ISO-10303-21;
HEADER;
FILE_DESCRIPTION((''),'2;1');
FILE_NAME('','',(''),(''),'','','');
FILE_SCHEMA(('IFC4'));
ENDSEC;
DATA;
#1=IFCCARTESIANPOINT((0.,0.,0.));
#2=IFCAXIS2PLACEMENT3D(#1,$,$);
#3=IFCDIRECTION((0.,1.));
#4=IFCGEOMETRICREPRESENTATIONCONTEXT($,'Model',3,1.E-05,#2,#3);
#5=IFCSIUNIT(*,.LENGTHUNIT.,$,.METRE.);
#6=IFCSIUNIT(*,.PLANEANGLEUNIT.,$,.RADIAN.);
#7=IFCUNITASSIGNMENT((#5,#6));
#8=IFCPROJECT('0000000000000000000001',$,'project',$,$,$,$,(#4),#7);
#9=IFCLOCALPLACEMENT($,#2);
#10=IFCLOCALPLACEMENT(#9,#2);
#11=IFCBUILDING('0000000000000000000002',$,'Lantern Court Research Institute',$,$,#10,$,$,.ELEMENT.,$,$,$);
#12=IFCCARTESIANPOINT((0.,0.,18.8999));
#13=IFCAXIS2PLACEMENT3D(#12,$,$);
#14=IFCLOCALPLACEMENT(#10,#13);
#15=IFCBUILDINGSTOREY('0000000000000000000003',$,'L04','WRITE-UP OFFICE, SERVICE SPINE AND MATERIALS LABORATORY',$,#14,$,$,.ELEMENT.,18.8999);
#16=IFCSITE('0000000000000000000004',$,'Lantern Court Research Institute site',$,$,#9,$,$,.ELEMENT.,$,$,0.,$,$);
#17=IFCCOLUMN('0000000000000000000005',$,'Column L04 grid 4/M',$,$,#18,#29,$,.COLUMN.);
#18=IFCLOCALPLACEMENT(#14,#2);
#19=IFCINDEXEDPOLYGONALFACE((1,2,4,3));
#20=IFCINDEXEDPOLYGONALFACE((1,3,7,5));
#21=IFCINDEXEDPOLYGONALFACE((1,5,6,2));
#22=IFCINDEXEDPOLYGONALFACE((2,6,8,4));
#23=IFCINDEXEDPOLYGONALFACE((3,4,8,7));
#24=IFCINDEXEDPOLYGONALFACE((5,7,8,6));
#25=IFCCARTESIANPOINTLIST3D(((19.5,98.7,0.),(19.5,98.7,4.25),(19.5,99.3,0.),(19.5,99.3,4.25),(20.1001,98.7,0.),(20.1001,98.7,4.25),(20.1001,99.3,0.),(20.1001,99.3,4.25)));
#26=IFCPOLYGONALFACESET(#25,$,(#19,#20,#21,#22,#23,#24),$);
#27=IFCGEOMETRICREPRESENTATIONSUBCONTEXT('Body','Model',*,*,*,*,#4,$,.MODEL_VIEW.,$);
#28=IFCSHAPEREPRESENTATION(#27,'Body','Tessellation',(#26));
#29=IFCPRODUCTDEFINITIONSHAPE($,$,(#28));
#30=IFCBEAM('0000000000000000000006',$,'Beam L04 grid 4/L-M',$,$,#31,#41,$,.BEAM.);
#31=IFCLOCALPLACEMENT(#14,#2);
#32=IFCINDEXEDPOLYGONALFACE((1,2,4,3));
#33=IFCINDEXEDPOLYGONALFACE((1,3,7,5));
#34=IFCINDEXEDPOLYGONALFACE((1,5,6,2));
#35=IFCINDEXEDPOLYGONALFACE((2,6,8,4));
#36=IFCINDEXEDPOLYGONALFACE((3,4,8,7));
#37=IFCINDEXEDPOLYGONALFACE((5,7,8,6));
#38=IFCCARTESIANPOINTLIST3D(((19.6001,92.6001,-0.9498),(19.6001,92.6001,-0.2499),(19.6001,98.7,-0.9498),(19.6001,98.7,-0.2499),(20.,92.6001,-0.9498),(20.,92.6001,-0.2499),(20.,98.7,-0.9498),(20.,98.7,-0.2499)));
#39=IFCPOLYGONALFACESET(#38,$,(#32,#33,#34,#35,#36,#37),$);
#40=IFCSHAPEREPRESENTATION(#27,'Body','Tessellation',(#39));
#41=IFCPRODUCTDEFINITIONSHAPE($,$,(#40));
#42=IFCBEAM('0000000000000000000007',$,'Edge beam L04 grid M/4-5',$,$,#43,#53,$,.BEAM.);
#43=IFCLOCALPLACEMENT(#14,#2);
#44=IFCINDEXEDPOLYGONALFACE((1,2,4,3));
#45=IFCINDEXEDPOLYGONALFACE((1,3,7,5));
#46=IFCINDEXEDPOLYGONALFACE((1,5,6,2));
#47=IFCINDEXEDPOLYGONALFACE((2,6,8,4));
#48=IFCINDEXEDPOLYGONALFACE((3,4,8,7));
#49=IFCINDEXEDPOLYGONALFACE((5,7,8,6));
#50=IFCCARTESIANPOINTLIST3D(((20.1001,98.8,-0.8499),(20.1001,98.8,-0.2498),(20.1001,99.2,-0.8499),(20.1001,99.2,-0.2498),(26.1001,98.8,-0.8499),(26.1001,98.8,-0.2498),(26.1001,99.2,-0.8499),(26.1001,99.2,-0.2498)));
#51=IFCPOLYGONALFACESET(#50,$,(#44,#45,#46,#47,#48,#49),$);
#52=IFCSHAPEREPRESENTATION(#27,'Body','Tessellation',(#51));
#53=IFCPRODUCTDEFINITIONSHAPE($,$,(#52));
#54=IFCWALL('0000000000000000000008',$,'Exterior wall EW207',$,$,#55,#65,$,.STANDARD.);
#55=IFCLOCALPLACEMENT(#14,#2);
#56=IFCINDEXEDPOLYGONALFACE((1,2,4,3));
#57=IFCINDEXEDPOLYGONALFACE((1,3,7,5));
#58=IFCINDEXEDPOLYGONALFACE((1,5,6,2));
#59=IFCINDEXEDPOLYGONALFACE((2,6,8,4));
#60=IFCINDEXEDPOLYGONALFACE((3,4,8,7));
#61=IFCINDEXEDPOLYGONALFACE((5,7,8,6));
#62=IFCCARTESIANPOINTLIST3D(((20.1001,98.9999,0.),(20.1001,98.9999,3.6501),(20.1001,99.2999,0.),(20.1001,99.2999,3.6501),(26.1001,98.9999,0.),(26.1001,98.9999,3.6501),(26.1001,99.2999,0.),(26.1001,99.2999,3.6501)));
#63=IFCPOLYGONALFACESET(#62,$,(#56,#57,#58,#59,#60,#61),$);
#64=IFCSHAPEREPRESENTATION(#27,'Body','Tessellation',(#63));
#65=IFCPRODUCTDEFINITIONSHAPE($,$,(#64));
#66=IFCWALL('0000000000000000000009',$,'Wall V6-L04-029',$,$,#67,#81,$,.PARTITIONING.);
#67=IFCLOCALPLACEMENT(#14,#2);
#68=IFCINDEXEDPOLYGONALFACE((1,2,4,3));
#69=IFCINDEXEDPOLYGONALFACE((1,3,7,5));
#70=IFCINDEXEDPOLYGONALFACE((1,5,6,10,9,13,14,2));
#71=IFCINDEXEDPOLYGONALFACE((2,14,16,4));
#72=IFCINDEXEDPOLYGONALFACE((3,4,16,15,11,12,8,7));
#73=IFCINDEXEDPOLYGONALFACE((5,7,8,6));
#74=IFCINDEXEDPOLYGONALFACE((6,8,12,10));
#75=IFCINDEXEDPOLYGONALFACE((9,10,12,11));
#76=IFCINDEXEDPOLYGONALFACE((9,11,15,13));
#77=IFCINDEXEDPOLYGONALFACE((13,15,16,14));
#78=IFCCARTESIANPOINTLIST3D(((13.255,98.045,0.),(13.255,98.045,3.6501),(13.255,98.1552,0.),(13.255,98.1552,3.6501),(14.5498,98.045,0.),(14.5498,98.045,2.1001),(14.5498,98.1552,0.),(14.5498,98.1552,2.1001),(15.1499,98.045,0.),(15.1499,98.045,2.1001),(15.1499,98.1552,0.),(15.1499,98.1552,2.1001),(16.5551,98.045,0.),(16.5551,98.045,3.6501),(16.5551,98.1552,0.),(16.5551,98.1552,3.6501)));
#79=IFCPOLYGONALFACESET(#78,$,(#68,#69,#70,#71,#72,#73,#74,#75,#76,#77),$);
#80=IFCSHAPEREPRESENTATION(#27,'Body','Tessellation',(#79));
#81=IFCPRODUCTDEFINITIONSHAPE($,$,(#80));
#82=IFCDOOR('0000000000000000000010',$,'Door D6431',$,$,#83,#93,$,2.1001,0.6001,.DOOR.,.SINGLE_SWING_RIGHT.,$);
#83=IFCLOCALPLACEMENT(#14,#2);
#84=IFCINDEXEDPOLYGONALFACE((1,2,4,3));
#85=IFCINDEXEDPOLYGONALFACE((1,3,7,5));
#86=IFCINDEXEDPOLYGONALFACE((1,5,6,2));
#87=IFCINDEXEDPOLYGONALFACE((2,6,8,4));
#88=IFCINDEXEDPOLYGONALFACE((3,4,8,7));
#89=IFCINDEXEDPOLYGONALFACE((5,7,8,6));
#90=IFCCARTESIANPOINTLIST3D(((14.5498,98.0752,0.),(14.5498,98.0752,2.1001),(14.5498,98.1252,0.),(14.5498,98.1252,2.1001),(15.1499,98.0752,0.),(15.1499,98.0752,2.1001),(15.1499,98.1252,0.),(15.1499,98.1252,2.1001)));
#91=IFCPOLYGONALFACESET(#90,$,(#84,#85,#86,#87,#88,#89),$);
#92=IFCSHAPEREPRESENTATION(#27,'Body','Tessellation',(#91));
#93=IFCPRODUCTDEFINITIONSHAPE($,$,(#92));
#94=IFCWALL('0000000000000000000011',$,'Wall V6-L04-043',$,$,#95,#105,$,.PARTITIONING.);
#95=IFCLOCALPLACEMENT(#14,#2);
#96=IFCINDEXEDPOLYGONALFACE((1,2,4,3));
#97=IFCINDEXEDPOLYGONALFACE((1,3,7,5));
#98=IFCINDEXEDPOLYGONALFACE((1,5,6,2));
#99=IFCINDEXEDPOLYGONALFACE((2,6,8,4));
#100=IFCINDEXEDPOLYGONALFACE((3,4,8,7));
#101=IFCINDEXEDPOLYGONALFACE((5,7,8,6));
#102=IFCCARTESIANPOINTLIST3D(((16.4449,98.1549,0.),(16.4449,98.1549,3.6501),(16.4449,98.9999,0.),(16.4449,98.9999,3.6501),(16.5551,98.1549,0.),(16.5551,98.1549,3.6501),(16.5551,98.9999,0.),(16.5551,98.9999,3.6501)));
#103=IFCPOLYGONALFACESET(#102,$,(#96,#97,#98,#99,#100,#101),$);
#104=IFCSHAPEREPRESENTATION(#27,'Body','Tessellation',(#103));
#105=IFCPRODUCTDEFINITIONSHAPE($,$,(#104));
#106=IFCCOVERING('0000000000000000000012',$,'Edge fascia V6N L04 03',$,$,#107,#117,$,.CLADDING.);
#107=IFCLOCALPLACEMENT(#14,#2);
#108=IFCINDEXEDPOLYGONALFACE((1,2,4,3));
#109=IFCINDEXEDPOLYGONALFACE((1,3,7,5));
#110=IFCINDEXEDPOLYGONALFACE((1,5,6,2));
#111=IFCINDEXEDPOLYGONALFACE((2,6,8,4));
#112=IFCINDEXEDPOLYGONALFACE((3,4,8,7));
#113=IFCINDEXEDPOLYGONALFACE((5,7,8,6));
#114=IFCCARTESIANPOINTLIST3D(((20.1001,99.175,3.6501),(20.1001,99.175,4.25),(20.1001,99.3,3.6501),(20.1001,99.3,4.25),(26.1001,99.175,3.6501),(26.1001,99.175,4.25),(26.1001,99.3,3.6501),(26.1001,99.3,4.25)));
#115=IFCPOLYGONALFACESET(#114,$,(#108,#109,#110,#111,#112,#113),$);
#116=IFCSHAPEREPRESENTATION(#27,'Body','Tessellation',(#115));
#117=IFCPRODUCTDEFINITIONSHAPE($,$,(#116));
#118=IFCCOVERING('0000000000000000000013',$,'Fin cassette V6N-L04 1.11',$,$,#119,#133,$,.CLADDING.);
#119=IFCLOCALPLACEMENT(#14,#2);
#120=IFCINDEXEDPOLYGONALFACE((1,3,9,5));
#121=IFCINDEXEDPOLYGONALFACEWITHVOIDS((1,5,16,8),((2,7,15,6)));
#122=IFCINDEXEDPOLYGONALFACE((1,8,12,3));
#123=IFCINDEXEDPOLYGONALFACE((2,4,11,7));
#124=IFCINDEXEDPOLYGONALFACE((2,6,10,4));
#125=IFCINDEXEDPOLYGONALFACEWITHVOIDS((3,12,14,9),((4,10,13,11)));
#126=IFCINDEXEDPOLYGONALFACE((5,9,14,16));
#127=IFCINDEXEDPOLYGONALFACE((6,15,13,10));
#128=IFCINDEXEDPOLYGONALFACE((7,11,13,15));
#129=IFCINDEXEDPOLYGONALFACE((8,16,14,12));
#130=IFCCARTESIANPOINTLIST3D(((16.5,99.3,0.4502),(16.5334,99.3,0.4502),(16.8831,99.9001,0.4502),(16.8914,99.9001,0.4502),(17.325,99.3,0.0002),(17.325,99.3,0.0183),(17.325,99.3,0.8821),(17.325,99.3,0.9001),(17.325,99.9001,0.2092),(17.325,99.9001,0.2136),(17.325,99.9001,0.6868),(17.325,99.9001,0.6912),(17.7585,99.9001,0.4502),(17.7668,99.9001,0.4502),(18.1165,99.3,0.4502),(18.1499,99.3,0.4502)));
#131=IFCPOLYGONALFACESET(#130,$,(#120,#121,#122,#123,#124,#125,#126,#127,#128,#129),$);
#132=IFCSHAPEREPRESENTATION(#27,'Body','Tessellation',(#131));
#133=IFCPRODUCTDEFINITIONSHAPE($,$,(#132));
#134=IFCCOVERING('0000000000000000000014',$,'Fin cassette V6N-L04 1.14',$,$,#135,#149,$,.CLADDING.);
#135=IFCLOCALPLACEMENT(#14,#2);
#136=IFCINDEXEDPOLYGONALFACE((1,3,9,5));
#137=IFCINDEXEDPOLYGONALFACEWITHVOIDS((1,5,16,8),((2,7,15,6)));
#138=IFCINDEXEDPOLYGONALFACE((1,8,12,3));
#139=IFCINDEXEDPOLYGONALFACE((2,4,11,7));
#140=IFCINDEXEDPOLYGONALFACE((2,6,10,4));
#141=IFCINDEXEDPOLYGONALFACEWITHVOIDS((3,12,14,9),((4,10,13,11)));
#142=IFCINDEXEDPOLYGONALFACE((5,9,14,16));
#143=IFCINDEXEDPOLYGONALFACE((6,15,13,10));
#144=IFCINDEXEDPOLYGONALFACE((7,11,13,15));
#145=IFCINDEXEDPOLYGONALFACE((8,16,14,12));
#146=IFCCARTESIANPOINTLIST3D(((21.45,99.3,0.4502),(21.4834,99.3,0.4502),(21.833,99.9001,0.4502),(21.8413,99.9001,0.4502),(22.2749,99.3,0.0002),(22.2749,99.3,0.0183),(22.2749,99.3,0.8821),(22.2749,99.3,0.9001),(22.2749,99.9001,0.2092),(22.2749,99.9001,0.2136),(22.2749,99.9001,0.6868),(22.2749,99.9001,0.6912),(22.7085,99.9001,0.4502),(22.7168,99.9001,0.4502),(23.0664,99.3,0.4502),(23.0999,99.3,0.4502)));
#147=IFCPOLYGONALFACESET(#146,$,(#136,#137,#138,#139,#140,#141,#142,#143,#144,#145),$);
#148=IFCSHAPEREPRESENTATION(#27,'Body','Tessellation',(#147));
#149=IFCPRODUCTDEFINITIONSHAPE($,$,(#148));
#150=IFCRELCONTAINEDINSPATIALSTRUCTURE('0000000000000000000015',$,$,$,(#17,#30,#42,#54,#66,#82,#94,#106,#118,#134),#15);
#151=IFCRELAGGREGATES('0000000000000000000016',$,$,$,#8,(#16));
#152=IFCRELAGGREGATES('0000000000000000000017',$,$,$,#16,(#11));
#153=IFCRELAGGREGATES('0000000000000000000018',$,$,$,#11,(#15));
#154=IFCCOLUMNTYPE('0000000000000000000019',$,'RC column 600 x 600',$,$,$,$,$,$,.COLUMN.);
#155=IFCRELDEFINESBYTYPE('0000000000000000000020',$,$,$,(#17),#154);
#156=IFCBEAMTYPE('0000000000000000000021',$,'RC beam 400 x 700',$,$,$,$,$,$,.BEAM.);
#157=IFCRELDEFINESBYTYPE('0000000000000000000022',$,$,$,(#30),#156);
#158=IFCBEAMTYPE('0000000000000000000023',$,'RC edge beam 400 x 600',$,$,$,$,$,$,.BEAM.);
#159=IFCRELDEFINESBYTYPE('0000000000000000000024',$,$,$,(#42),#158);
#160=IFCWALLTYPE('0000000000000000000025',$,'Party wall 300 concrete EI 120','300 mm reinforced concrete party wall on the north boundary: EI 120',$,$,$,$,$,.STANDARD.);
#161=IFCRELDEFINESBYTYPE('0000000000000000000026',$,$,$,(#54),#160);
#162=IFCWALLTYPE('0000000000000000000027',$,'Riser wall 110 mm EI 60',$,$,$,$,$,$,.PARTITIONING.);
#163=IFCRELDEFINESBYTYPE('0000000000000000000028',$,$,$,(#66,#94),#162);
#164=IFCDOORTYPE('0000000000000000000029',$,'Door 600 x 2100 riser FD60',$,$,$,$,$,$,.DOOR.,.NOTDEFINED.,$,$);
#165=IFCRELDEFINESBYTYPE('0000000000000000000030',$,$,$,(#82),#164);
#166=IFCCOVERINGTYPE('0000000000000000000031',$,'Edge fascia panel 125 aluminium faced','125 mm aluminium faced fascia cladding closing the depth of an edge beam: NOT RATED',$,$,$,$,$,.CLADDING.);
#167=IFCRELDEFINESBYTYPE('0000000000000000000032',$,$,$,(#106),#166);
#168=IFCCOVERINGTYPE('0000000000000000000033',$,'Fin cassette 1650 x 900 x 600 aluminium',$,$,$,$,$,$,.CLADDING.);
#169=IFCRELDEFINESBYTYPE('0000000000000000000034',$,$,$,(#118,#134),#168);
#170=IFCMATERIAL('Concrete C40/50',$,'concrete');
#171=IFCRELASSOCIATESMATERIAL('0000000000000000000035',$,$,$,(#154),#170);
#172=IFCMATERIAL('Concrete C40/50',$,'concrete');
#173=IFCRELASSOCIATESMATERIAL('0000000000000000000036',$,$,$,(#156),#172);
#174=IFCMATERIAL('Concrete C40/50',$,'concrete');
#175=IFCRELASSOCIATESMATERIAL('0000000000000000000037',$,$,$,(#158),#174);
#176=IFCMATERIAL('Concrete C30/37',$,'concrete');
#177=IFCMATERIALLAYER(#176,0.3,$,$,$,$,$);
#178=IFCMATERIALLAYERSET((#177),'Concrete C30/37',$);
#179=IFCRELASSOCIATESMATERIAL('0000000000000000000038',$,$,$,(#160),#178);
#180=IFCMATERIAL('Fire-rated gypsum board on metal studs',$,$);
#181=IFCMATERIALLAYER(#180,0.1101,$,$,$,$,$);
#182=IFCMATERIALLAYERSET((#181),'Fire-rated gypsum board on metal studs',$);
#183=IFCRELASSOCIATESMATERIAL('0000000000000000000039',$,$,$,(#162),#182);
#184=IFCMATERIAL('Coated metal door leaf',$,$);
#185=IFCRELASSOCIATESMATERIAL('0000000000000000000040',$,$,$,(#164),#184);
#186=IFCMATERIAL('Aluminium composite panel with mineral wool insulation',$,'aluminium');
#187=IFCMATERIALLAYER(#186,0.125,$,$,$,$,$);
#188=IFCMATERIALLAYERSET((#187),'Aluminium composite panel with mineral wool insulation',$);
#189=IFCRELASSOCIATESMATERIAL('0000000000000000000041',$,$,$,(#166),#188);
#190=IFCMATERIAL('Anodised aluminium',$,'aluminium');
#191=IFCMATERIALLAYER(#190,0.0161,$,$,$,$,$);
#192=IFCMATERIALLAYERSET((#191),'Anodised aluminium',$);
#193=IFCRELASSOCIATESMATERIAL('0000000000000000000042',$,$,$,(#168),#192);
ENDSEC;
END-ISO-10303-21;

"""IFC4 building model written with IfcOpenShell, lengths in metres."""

from ifc_helpers import new_model, entity, si_unit, direction, frame, frame_2d, origin, origin_2d, place, context, subcontext, project, spatial, rectangle, extrude, material, layer, layer_set, material_profile, profile_set, type_object, element, fill, save


model = new_model("IFC4")

# Units and contexts
model_context = context("Model", 3, precision=1e-05, world=origin(), true_north=direction((0.0, 1.0)))
body_context = subcontext(model_context, "Body", "Model", "MODEL_VIEW")
ifc_project = project(units=[si_unit("LENGTHUNIT", "METRE"), si_unit("PLANEANGLEUNIT", "RADIAN")], contexts=[model_context])

# Site, building, storey
site_placement = place(None, origin())
site = spatial("IfcSite", under=ifc_project, at=site_placement, Name="Lantern Court Research Institute site", CompositionType="ELEMENT", RefElevation=0.0)
building_placement = place(site_placement, origin())
building = spatial("IfcBuilding", under=site, at=building_placement, Name="Lantern Court Research Institute", CompositionType="ELEMENT")
storey_placement = place(building_placement, frame((0.0, 0.0, 18.8999)))
storey = spatial("IfcBuildingStorey", under=building, at=storey_placement, Name="L04", Description="WRITE-UP OFFICE, SERVICE SPINE AND MATERIALS LABORATORY", CompositionType="ELEMENT", Elevation=18.8999)

# Column
ifc_material_1 = material(Name="Concrete C40/50", Category="concrete")
ifc_material_profile_1 = material_profile(ifc_material_1, rectangle(XDim=0.6001, YDim=0.6001, at=origin_2d()), Name="RC column 600 x 600")
ifc_profile_set_1 = profile_set([ifc_material_profile_1], Name="Concrete C40/50")
column_type = type_object("IfcColumnType", Name="RC column 600 x 600", PredefinedType="COLUMN", material=ifc_profile_set_1)
column_placement = place(storey_placement, frame((19.8, 99.0, 0.0), z_axis=(0.0, 0.0, 1.0), x_axis=(1.0, 0.0, 0.0)))
element("IfcColumn", 1, at=column_placement, inside=storey, type_object=column_type, Name="Column L04 grid 4/M", PredefinedType="COLUMN", context=body_context, shape_type="SweptSolid", body=[
    extrude(rectangle(XDim=0.6001, YDim=0.6001, at=origin_2d()), origin(), (0.0, 0.0, 1.0), 4.25),
])

# Beams
ifc_material_2 = material(Name="Concrete C40/50", Category="concrete")
ifc_material_profile_2 = material_profile(ifc_material_2, rectangle(XDim=0.3999, YDim=0.7, at=origin_2d()), Name="RC beam 400 x 700")
ifc_profile_set_2 = profile_set([ifc_material_profile_2], Name="Concrete C40/50")
beam_type_1 = type_object("IfcBeamType", Name="RC beam 400 x 700", PredefinedType="BEAM", material=ifc_profile_set_2)
beam_1_placement = place(storey_placement, frame((19.8, 92.6001, -0.5999), z_axis=(0.0, 1.0, 0.0), x_axis=(-1.0, 0.0, 0.0)))
element("IfcBeam", 2, at=beam_1_placement, inside=storey, type_object=beam_type_1, Name="Beam L04 grid 4/L-M", PredefinedType="BEAM", context=body_context, shape_type="SweptSolid", body=[
    extrude(rectangle(XDim=0.3999, YDim=0.7, at=origin_2d()), origin(), (0.0, 0.0, 1.0), 6.0999),
])
ifc_material_3 = material(Name="Concrete C40/50", Category="concrete")
ifc_material_profile_3 = material_profile(ifc_material_3, rectangle(XDim=0.3999, YDim=0.6001, at=origin_2d()), Name="RC beam 400 x 600")
ifc_profile_set_3 = profile_set([ifc_material_profile_3], Name="Concrete C40/50")
beam_type_2 = type_object("IfcBeamType", Name="RC edge beam 400 x 600", PredefinedType="BEAM", material=ifc_profile_set_3)
beam_2_placement = place(storey_placement, frame((20.1001, 99.0, -0.5498), z_axis=(1.0, 0.0, 0.0), x_axis=(0.0, 1.0, 0.0)))
element("IfcBeam", 3, at=beam_2_placement, inside=storey, type_object=beam_type_2, Name="Edge beam L04 grid M/4-5", PredefinedType="BEAM", context=body_context, shape_type="SweptSolid", body=[
    extrude(rectangle(XDim=0.3999, YDim=0.6001, at=origin_2d()), origin(), (0.0, 0.0, 1.0), 6.0),
])

# Wall
ifc_material_4 = material(Name="Concrete C30/37", Category="concrete")
ifc_layer_1 = layer(ifc_material_4, 0.3)
ifc_layer_set_1 = layer_set([ifc_layer_1], Name="Concrete C30/37")
wall_type_1 = type_object("IfcWallType", Name="Party wall 300 concrete EI 120", Description="300 mm reinforced concrete party wall on the north boundary: EI 120", PredefinedType="STANDARD", material=ifc_layer_set_1)
wall_1_placement = place(storey_placement, frame((20.1001, 99.1499, 0.0), z_axis=(0.0, 0.0, 1.0), x_axis=(1.0, 0.0, 0.0)))
element("IfcWall", 4, at=wall_1_placement, inside=storey, type_object=wall_type_1, Name="Exterior wall EW207", PredefinedType="STANDARD", context=body_context, shape_type="SweptSolid", body=[
    extrude(rectangle(XDim=6.0, YDim=0.3, at=frame_2d((3.0, 0.0))), origin(), (0.0, 0.0, 1.0), 3.6501),
])

# Wall, opening, door
ifc_material_5 = material(Name="Fire-rated gypsum board on metal studs")
ifc_layer_2 = layer(ifc_material_5, 0.1101)
ifc_layer_set_2 = layer_set([ifc_layer_2], Name="Fire-rated gypsum board on metal studs")
wall_type_2 = type_object("IfcWallType", Name="Riser wall 110 mm EI 60", PredefinedType="PARTITIONING", material=ifc_layer_set_2)
wall_2_placement = place(storey_placement, frame((16.5549, 98.1001, 0.0), z_axis=(0.0, 0.0, 1.0), x_axis=(-1.0, 0.0, 0.0)))
wall_2 = element("IfcWall", 5, at=wall_2_placement, inside=storey, type_object=wall_type_2, Name="Wall V6-L04-029", PredefinedType="PARTITIONING", context=body_context, shape_type="SweptSolid", body=[
    extrude(rectangle(XDim=3.3, YDim=0.1101, at=frame_2d((1.6499, 0.0))), origin(), (0.0, 0.0, 1.0), 3.6501),
])
opening_placement = place(wall_2_placement, frame((1.405, 0.0, 0.0)))
opening = element("IfcOpeningElement", 6, at=opening_placement, cuts=wall_2, PredefinedType="OPENING", context=body_context, shape_type="SweptSolid", body=[
    extrude(rectangle(XDim=0.6001, YDim=2.1001, at=frame_2d((0.3, 1.05))), frame((0.0, 0.0649, 0.0), z_axis=(0.0, -1.0, 0.0), x_axis=(1.0, 0.0, 0.0)), (0.0, 0.0, 1.0), 0.1301),
])
ifc_material_6 = material(Name="Coated metal door leaf")
door_type = type_object("IfcDoorType", Name="Door 600 x 2100 riser FD60", OperationType="NOTDEFINED", PredefinedType="DOOR", material=ifc_material_6)
door_placement = place(opening_placement, origin())
door = element("IfcDoor", 7, at=door_placement, inside=storey, type_object=door_type, Name="Door D6431", OperationType="SINGLE_SWING_RIGHT", OverallHeight=2.1001, OverallWidth=0.6001, PredefinedType="DOOR", context=body_context, shape_type="SweptSolid", body=[
    extrude(rectangle(XDim=0.6001, YDim=2.1001, at=frame_2d((0.3, 1.05))), frame((0.0, 0.0249, 0.0), z_axis=(0.0, -1.0, 0.0), x_axis=(1.0, 0.0, 0.0)), (0.0, 0.0, 1.0), 0.05),
])
fill(opening, door)

# Wall
wall_3_placement = place(storey_placement, frame((16.5, 98.155, 0.0), z_axis=(0.0, 0.0, 1.0), x_axis=(0.0, 1.0, 0.0)))
element("IfcWall", 8, at=wall_3_placement, inside=storey, type_object=wall_type_2, Name="Wall V6-L04-043", PredefinedType="PARTITIONING", context=body_context, shape_type="SweptSolid", body=[
    extrude(rectangle(XDim=0.845, YDim=0.1101, at=frame_2d((0.4224, 0.0))), origin(), (0.0, 0.0, 1.0), 3.6501),
])

# Coverings
ifc_material_7 = material(Name="Aluminium composite panel with mineral wool insulation", Category="aluminium")
ifc_layer_3 = layer(ifc_material_7, 0.125)
ifc_layer_set_3 = layer_set([ifc_layer_3], Name="Aluminium composite panel with mineral wool insulation")
covering_type_1 = type_object("IfcCoveringType", Name="Edge fascia panel 125 aluminium faced", Description="125 mm aluminium faced fascia cladding closing the depth of an edge beam: NOT RATED", PredefinedType="CLADDING", material=ifc_layer_set_3)
covering_1_placement = place(storey_placement, frame((20.1001, 99.2375, 3.6501), z_axis=(0.0, 0.0, 1.0), x_axis=(1.0, 0.0, 0.0)))
element("IfcCovering", 9, at=covering_1_placement, inside=storey, type_object=covering_type_1, Name="Edge fascia V6N L04 03", PredefinedType="CLADDING", context=body_context, shape_type="SweptSolid", body=[
    extrude(rectangle(XDim=6.0, YDim=0.125, at=frame_2d((3.0, 0.0))), origin(), (0.0, 0.0, 1.0), 0.5999),
])
ifc_material_8 = material(Name="Anodised aluminium", Category="aluminium")
ifc_layer_4 = layer(ifc_material_8, 0.0161)
ifc_layer_set_4 = layer_set([ifc_layer_4], Name="Anodised aluminium")
covering_type_2 = type_object("IfcCoveringType", Name="Fin cassette 1650 x 900 x 600 aluminium", PredefinedType="CLADDING", material=ifc_layer_set_4)
covering_2_placement = place(storey_placement, frame((17.325, 99.3, 0.4502), z_axis=(0.0, 1.0, 0.0), x_axis=(-1.0, 0.0, 0.0)))
cartesian_point_1 = entity("IfcCartesianPoint", [0.825, 0.0])
cartesian_point_2 = entity("IfcCartesianPoint", [0.7915, 0.0])
cartesian_point_3 = entity("IfcCartesianPoint", [0.4419, 0.0])
cartesian_point_4 = entity("IfcCartesianPoint", [0.4336, 0.0])
element("IfcCovering", 10, at=covering_2_placement, inside=storey, type_object=covering_type_2, Name="Fin cassette V6N-L04 1.11", PredefinedType="CLADDING", context=body_context, shape_type="SweptSolid", body=[
    entity("IfcExtrudedAreaSolidTapered", entity("IfcArbitraryProfileDefWithVoids", "AREA", None, entity("IfcPolyline", [cartesian_point_1, entity("IfcCartesianPoint", [0.0, 0.45]), entity("IfcCartesianPoint", [-0.825, 0.0]), entity("IfcCartesianPoint", [0.0, -0.45]), cartesian_point_1]), [entity("IfcPolyline", [cartesian_point_2, entity("IfcCartesianPoint", [0.0, 0.4319]), entity("IfcCartesianPoint", [-0.7915, 0.0]), entity("IfcCartesianPoint", [0.0, -0.4319]), cartesian_point_2])]), entity("IfcAxis2Placement3D", entity("IfcCartesianPoint", [0.0, 0.0, 0.0])), entity("IfcDirection", [0.0, 0.0, 1.0]), 0.6001, entity("IfcArbitraryProfileDefWithVoids", "AREA", None, entity("IfcPolyline", [cartesian_point_3, entity("IfcCartesianPoint", [0.0, 0.241]), entity("IfcCartesianPoint", [-0.4419, 0.0]), entity("IfcCartesianPoint", [0.0, -0.241]), cartesian_point_3]), [entity("IfcPolyline", [cartesian_point_4, entity("IfcCartesianPoint", [0.0, 0.2366]), entity("IfcCartesianPoint", [-0.4336, 0.0]), entity("IfcCartesianPoint", [0.0, -0.2366]), cartesian_point_4])])),
])
covering_3_placement = place(storey_placement, frame((22.2749, 99.3, 0.4502), z_axis=(0.0, 1.0, 0.0), x_axis=(-1.0, 0.0, 0.0)))
cartesian_point_5 = entity("IfcCartesianPoint", [0.825, 0.0])
cartesian_point_6 = entity("IfcCartesianPoint", [0.7915, 0.0])
cartesian_point_7 = entity("IfcCartesianPoint", [0.4419, 0.0])
cartesian_point_8 = entity("IfcCartesianPoint", [0.4336, 0.0])
element("IfcCovering", 11, at=covering_3_placement, inside=storey, type_object=covering_type_2, Name="Fin cassette V6N-L04 1.14", PredefinedType="CLADDING", context=body_context, shape_type="SweptSolid", body=[
    entity("IfcExtrudedAreaSolidTapered", entity("IfcArbitraryProfileDefWithVoids", "AREA", None, entity("IfcPolyline", [cartesian_point_5, entity("IfcCartesianPoint", [0.0, 0.45]), entity("IfcCartesianPoint", [-0.825, 0.0]), entity("IfcCartesianPoint", [0.0, -0.45]), cartesian_point_5]), [entity("IfcPolyline", [cartesian_point_6, entity("IfcCartesianPoint", [0.0, 0.4319]), entity("IfcCartesianPoint", [-0.7915, 0.0]), entity("IfcCartesianPoint", [0.0, -0.4319]), cartesian_point_6])]), entity("IfcAxis2Placement3D", entity("IfcCartesianPoint", [0.0, 0.0, 0.0])), entity("IfcDirection", [0.0, 0.0, 1.0]), 0.6001, entity("IfcArbitraryProfileDefWithVoids", "AREA", None, entity("IfcPolyline", [cartesian_point_7, entity("IfcCartesianPoint", [0.0, 0.241]), entity("IfcCartesianPoint", [-0.4419, 0.0]), entity("IfcCartesianPoint", [0.0, -0.241]), cartesian_point_7]), [entity("IfcPolyline", [cartesian_point_8, entity("IfcCartesianPoint", [0.0, 0.2366]), entity("IfcCartesianPoint", [-0.4336, 0.0]), entity("IfcCartesianPoint", [0.0, -0.2366]), cartesian_point_8])])),
])

save(model, "model.ifc")
